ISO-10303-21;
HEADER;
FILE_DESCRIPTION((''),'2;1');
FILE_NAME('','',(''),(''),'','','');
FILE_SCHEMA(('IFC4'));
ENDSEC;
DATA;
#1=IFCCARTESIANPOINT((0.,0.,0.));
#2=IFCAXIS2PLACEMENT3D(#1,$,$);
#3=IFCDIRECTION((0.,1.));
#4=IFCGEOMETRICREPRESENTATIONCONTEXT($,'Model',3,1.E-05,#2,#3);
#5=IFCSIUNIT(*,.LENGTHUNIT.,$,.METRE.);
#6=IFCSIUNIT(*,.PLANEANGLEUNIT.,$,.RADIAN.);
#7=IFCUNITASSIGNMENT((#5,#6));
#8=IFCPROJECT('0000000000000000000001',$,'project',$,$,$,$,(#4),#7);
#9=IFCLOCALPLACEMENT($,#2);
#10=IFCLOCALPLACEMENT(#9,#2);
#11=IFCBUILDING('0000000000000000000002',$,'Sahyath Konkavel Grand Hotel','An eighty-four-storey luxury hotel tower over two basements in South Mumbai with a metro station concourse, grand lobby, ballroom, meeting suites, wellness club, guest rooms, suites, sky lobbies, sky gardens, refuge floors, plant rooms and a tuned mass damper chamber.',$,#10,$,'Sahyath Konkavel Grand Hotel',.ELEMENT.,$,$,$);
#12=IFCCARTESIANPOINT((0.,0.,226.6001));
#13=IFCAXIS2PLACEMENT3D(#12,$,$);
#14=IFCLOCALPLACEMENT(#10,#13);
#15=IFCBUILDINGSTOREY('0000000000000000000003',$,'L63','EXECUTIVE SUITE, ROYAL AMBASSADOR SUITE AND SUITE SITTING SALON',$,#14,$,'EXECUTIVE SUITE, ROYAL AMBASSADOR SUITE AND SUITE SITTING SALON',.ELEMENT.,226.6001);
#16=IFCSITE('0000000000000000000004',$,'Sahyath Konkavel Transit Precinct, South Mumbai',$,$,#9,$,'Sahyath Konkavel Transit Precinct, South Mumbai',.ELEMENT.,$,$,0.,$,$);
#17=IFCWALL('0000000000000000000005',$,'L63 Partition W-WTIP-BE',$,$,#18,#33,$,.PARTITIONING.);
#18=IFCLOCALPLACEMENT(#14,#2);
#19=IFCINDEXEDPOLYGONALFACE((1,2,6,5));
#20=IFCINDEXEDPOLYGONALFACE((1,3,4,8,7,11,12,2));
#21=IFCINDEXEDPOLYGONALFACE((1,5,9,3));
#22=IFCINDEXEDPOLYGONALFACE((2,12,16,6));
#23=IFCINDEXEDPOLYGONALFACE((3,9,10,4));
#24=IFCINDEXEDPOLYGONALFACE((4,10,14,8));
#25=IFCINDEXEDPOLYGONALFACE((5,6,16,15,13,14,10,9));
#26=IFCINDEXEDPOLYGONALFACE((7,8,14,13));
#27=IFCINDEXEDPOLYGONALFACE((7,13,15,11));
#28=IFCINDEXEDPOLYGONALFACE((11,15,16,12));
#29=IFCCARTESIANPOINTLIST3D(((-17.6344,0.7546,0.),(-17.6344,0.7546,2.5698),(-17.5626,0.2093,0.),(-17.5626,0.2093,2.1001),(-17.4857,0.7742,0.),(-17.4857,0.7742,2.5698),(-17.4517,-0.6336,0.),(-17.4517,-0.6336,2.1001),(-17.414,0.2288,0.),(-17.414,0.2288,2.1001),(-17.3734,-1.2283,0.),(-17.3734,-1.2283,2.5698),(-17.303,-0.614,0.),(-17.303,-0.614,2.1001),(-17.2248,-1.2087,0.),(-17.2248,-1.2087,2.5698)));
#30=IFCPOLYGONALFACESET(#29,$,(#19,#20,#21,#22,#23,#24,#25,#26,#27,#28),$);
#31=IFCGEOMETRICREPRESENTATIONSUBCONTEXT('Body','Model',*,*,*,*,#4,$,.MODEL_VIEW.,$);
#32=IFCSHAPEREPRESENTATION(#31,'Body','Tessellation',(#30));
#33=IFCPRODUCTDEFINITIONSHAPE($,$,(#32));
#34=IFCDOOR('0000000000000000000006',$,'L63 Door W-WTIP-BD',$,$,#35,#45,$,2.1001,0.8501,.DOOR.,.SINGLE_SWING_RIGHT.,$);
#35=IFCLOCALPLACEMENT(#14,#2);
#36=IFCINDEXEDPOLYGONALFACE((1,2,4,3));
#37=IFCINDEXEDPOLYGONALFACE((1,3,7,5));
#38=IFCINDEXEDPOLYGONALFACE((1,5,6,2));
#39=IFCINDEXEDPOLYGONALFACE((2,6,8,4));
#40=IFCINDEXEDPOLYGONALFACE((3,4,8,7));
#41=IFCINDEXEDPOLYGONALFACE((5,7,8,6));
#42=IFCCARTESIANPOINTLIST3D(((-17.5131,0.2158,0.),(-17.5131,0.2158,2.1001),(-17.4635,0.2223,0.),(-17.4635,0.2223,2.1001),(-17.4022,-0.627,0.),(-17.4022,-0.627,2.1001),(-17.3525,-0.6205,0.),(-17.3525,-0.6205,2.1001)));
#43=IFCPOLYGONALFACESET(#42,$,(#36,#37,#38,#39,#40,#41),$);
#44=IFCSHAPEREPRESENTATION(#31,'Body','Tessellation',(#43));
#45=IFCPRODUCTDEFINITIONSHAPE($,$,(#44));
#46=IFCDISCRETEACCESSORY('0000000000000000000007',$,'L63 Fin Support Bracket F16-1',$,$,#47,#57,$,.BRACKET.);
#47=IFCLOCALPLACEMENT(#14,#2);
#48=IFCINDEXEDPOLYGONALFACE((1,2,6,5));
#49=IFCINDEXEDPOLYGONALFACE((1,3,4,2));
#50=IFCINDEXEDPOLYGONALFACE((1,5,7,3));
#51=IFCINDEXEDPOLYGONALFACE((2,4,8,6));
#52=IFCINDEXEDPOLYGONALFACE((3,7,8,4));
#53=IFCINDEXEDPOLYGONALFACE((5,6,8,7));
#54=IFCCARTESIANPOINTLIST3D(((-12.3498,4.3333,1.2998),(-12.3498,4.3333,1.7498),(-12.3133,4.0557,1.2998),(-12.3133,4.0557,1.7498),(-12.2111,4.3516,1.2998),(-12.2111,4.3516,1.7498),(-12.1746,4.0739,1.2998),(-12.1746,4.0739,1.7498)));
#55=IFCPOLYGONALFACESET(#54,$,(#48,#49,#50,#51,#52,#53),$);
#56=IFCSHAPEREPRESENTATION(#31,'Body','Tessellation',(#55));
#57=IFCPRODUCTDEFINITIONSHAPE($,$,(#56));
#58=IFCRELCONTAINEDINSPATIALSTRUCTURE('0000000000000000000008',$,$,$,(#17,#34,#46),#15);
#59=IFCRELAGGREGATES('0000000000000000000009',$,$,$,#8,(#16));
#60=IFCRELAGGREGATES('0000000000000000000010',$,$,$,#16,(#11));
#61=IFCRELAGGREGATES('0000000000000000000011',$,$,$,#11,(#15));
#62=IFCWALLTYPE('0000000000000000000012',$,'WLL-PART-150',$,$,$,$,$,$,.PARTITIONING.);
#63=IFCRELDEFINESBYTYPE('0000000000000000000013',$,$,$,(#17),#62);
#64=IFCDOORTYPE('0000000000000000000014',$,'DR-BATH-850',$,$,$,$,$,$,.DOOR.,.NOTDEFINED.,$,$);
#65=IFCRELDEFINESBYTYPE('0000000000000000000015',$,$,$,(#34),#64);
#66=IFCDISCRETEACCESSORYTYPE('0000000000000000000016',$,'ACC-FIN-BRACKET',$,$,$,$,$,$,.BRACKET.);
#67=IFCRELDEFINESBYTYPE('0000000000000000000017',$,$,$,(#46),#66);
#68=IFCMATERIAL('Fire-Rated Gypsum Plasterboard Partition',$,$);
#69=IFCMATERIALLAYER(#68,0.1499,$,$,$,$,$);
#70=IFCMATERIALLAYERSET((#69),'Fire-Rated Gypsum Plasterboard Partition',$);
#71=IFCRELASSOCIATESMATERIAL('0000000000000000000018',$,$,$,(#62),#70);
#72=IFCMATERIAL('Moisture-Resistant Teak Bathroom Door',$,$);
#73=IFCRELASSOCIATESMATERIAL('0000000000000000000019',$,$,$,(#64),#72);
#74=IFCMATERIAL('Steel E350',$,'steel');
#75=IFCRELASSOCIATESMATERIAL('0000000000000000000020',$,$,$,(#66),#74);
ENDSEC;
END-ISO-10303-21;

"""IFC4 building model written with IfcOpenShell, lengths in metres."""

from ifc_helpers import new_model, si_unit, direction, frame, frame_2d, origin, origin_2d, place, context, subcontext, project, spatial, rectangle, extrude, source, transform, mapped, material, layer, layer_set, type_object, element, fill, save


model = new_model("IFC4")

# Units and contexts
model_context = context("Model", 3, precision=1e-05, world=origin(), true_north=direction((0.0, 1.0)))
body_context = subcontext(model_context, "Body", "Model", "MODEL_VIEW")
ifc_project = project(units=[si_unit("LENGTHUNIT", "METRE"), si_unit("PLANEANGLEUNIT", "RADIAN")], contexts=[model_context])

# Site, building, storey
site_placement = place(None, origin())
site = spatial("IfcSite", under=ifc_project, at=site_placement, Name="Sahyath Konkavel Transit Precinct, South Mumbai", LongName="Sahyath Konkavel Transit Precinct, South Mumbai", CompositionType="ELEMENT", RefElevation=0.0)
building_placement = place(site_placement, origin())
building = spatial("IfcBuilding", under=site, at=building_placement, Name="Sahyath Konkavel Grand Hotel", Description="An eighty-four-storey luxury hotel tower over two basements in South Mumbai with a metro station concourse, grand lobby, ballroom, meeting suites, wellness club, guest rooms, suites, sky lobbies, sky gardens, refuge floors, plant rooms and a tuned mass damper chamber.", LongName="Sahyath Konkavel Grand Hotel", CompositionType="ELEMENT")
storey_placement = place(building_placement, frame((0.0, 0.0, 226.6001)))
storey = spatial("IfcBuildingStorey", under=building, at=storey_placement, Name="L63", Description="EXECUTIVE SUITE, ROYAL AMBASSADOR SUITE AND SUITE SITTING SALON", LongName="EXECUTIVE SUITE, ROYAL AMBASSADOR SUITE AND SUITE SITTING SALON", CompositionType="ELEMENT", Elevation=226.6001)

# Shared definitions
ifc_material_1 = material(Name="Steel E350", Category="steel")

# Shared definitions
shared_shape_1 = source(origin(), body_context, "Body", "SweptSolid", [
    extrude(rectangle(XDim=0.8501, YDim=0.05, at=origin_2d()), origin(), (0.0, 0.0, 1.0), 2.1001),
])

# Shared definitions
ifc_material_2 = material(Name="Fire-Rated Gypsum Plasterboard Partition")
ifc_layer_1 = layer(ifc_material_2, 0.1499)
ifc_layer_set_1 = layer_set([ifc_layer_1], Name="Fire-Rated Gypsum Plasterboard Partition")
wall_type_1 = type_object("IfcWallType", Name="WLL-PART-150", PredefinedType="PARTITIONING", material=ifc_layer_set_1)

# Wall, opening, door
wall_1_placement = place(storey_placement, frame((-17.5601, 0.7644, 0.0), z_axis=(0.0, 0.0, 1.0), x_axis=(0.130492, -0.991449, 0.0)))
wall_1 = element("IfcWall", 1, at=wall_1_placement, inside=storey, type_object=wall_type_1, Name="L63 Partition W-WTIP-BE", PredefinedType="PARTITIONING", context=body_context, shape_type="SweptSolid", body=[
    extrude(rectangle(XDim=2.0, YDim=0.1499, at=frame_2d((1.0, 0.0))), origin(), (0.0, 0.0, 1.0), 2.5698),
])
opening_1_placement = place(wall_1_placement, frame((0.55, 0.0, 0.0)))
opening_1 = element("IfcOpeningElement", 2, at=opening_1_placement, cuts=wall_1, PredefinedType="OPENING", context=body_context, shape_type="SweptSolid", body=[
    extrude(rectangle(XDim=0.8501, YDim=2.1001, at=frame_2d((0.425, 1.05))), frame((0.0, 0.085, 0.0), z_axis=(0.0, -1.0, 0.0), x_axis=(1.0, 0.0, 0.0)), (0.0, 0.0, 1.0), 0.1699),
])
ifc_material_3 = material(Name="Moisture-Resistant Teak Bathroom Door")
door_type_1 = type_object("IfcDoorType", Name="DR-BATH-850", OperationType="NOTDEFINED", PredefinedType="DOOR", material=ifc_material_3)
door_1_placement = place(opening_1_placement, frame((0.425, 0.0, 0.0)))
door_1 = element("IfcDoor", 3, at=door_1_placement, inside=storey, type_object=door_type_1, Name="L63 Door W-WTIP-BD", OperationType="SINGLE_SWING_RIGHT", OverallHeight=2.1001, OverallWidth=0.8501, PredefinedType="DOOR", context=body_context, shape_type="MappedRepresentation", body=[
    mapped(shared_shape_1, transform((0.0, 0.0, 0.0), scale=1.0)),
])
fill(opening_1, door_1)

# Discrete accessory
discrete_accessory_type = type_object("IfcDiscreteAccessoryType", Name="ACC-FIN-BRACKET", PredefinedType="BRACKET", material=ifc_material_1)
shared_shape_2 = source(origin(), body_context, "Body", "SweptSolid", [
    extrude(rectangle(XDim=0.28, YDim=0.1399, at=origin_2d()), origin(), (0.0, 0.0, 1.0), 0.45),
])
discrete_accessory_placement = place(storey_placement, frame((-12.2622, 4.2036, 1.2998), z_axis=(0.0, 0.0, 1.0), x_axis=(-0.130543, 0.991443, 0.0)))
element("IfcDiscreteAccessory", 4, at=discrete_accessory_placement, inside=storey, type_object=discrete_accessory_type, Name="L63 Fin Support Bracket F16-1", PredefinedType="BRACKET", context=body_context, shape_type="MappedRepresentation", body=[
    mapped(shared_shape_2, transform((0.0, 0.0, 0.0), scale=1.0)),
])

save(model, "model.ifc")
